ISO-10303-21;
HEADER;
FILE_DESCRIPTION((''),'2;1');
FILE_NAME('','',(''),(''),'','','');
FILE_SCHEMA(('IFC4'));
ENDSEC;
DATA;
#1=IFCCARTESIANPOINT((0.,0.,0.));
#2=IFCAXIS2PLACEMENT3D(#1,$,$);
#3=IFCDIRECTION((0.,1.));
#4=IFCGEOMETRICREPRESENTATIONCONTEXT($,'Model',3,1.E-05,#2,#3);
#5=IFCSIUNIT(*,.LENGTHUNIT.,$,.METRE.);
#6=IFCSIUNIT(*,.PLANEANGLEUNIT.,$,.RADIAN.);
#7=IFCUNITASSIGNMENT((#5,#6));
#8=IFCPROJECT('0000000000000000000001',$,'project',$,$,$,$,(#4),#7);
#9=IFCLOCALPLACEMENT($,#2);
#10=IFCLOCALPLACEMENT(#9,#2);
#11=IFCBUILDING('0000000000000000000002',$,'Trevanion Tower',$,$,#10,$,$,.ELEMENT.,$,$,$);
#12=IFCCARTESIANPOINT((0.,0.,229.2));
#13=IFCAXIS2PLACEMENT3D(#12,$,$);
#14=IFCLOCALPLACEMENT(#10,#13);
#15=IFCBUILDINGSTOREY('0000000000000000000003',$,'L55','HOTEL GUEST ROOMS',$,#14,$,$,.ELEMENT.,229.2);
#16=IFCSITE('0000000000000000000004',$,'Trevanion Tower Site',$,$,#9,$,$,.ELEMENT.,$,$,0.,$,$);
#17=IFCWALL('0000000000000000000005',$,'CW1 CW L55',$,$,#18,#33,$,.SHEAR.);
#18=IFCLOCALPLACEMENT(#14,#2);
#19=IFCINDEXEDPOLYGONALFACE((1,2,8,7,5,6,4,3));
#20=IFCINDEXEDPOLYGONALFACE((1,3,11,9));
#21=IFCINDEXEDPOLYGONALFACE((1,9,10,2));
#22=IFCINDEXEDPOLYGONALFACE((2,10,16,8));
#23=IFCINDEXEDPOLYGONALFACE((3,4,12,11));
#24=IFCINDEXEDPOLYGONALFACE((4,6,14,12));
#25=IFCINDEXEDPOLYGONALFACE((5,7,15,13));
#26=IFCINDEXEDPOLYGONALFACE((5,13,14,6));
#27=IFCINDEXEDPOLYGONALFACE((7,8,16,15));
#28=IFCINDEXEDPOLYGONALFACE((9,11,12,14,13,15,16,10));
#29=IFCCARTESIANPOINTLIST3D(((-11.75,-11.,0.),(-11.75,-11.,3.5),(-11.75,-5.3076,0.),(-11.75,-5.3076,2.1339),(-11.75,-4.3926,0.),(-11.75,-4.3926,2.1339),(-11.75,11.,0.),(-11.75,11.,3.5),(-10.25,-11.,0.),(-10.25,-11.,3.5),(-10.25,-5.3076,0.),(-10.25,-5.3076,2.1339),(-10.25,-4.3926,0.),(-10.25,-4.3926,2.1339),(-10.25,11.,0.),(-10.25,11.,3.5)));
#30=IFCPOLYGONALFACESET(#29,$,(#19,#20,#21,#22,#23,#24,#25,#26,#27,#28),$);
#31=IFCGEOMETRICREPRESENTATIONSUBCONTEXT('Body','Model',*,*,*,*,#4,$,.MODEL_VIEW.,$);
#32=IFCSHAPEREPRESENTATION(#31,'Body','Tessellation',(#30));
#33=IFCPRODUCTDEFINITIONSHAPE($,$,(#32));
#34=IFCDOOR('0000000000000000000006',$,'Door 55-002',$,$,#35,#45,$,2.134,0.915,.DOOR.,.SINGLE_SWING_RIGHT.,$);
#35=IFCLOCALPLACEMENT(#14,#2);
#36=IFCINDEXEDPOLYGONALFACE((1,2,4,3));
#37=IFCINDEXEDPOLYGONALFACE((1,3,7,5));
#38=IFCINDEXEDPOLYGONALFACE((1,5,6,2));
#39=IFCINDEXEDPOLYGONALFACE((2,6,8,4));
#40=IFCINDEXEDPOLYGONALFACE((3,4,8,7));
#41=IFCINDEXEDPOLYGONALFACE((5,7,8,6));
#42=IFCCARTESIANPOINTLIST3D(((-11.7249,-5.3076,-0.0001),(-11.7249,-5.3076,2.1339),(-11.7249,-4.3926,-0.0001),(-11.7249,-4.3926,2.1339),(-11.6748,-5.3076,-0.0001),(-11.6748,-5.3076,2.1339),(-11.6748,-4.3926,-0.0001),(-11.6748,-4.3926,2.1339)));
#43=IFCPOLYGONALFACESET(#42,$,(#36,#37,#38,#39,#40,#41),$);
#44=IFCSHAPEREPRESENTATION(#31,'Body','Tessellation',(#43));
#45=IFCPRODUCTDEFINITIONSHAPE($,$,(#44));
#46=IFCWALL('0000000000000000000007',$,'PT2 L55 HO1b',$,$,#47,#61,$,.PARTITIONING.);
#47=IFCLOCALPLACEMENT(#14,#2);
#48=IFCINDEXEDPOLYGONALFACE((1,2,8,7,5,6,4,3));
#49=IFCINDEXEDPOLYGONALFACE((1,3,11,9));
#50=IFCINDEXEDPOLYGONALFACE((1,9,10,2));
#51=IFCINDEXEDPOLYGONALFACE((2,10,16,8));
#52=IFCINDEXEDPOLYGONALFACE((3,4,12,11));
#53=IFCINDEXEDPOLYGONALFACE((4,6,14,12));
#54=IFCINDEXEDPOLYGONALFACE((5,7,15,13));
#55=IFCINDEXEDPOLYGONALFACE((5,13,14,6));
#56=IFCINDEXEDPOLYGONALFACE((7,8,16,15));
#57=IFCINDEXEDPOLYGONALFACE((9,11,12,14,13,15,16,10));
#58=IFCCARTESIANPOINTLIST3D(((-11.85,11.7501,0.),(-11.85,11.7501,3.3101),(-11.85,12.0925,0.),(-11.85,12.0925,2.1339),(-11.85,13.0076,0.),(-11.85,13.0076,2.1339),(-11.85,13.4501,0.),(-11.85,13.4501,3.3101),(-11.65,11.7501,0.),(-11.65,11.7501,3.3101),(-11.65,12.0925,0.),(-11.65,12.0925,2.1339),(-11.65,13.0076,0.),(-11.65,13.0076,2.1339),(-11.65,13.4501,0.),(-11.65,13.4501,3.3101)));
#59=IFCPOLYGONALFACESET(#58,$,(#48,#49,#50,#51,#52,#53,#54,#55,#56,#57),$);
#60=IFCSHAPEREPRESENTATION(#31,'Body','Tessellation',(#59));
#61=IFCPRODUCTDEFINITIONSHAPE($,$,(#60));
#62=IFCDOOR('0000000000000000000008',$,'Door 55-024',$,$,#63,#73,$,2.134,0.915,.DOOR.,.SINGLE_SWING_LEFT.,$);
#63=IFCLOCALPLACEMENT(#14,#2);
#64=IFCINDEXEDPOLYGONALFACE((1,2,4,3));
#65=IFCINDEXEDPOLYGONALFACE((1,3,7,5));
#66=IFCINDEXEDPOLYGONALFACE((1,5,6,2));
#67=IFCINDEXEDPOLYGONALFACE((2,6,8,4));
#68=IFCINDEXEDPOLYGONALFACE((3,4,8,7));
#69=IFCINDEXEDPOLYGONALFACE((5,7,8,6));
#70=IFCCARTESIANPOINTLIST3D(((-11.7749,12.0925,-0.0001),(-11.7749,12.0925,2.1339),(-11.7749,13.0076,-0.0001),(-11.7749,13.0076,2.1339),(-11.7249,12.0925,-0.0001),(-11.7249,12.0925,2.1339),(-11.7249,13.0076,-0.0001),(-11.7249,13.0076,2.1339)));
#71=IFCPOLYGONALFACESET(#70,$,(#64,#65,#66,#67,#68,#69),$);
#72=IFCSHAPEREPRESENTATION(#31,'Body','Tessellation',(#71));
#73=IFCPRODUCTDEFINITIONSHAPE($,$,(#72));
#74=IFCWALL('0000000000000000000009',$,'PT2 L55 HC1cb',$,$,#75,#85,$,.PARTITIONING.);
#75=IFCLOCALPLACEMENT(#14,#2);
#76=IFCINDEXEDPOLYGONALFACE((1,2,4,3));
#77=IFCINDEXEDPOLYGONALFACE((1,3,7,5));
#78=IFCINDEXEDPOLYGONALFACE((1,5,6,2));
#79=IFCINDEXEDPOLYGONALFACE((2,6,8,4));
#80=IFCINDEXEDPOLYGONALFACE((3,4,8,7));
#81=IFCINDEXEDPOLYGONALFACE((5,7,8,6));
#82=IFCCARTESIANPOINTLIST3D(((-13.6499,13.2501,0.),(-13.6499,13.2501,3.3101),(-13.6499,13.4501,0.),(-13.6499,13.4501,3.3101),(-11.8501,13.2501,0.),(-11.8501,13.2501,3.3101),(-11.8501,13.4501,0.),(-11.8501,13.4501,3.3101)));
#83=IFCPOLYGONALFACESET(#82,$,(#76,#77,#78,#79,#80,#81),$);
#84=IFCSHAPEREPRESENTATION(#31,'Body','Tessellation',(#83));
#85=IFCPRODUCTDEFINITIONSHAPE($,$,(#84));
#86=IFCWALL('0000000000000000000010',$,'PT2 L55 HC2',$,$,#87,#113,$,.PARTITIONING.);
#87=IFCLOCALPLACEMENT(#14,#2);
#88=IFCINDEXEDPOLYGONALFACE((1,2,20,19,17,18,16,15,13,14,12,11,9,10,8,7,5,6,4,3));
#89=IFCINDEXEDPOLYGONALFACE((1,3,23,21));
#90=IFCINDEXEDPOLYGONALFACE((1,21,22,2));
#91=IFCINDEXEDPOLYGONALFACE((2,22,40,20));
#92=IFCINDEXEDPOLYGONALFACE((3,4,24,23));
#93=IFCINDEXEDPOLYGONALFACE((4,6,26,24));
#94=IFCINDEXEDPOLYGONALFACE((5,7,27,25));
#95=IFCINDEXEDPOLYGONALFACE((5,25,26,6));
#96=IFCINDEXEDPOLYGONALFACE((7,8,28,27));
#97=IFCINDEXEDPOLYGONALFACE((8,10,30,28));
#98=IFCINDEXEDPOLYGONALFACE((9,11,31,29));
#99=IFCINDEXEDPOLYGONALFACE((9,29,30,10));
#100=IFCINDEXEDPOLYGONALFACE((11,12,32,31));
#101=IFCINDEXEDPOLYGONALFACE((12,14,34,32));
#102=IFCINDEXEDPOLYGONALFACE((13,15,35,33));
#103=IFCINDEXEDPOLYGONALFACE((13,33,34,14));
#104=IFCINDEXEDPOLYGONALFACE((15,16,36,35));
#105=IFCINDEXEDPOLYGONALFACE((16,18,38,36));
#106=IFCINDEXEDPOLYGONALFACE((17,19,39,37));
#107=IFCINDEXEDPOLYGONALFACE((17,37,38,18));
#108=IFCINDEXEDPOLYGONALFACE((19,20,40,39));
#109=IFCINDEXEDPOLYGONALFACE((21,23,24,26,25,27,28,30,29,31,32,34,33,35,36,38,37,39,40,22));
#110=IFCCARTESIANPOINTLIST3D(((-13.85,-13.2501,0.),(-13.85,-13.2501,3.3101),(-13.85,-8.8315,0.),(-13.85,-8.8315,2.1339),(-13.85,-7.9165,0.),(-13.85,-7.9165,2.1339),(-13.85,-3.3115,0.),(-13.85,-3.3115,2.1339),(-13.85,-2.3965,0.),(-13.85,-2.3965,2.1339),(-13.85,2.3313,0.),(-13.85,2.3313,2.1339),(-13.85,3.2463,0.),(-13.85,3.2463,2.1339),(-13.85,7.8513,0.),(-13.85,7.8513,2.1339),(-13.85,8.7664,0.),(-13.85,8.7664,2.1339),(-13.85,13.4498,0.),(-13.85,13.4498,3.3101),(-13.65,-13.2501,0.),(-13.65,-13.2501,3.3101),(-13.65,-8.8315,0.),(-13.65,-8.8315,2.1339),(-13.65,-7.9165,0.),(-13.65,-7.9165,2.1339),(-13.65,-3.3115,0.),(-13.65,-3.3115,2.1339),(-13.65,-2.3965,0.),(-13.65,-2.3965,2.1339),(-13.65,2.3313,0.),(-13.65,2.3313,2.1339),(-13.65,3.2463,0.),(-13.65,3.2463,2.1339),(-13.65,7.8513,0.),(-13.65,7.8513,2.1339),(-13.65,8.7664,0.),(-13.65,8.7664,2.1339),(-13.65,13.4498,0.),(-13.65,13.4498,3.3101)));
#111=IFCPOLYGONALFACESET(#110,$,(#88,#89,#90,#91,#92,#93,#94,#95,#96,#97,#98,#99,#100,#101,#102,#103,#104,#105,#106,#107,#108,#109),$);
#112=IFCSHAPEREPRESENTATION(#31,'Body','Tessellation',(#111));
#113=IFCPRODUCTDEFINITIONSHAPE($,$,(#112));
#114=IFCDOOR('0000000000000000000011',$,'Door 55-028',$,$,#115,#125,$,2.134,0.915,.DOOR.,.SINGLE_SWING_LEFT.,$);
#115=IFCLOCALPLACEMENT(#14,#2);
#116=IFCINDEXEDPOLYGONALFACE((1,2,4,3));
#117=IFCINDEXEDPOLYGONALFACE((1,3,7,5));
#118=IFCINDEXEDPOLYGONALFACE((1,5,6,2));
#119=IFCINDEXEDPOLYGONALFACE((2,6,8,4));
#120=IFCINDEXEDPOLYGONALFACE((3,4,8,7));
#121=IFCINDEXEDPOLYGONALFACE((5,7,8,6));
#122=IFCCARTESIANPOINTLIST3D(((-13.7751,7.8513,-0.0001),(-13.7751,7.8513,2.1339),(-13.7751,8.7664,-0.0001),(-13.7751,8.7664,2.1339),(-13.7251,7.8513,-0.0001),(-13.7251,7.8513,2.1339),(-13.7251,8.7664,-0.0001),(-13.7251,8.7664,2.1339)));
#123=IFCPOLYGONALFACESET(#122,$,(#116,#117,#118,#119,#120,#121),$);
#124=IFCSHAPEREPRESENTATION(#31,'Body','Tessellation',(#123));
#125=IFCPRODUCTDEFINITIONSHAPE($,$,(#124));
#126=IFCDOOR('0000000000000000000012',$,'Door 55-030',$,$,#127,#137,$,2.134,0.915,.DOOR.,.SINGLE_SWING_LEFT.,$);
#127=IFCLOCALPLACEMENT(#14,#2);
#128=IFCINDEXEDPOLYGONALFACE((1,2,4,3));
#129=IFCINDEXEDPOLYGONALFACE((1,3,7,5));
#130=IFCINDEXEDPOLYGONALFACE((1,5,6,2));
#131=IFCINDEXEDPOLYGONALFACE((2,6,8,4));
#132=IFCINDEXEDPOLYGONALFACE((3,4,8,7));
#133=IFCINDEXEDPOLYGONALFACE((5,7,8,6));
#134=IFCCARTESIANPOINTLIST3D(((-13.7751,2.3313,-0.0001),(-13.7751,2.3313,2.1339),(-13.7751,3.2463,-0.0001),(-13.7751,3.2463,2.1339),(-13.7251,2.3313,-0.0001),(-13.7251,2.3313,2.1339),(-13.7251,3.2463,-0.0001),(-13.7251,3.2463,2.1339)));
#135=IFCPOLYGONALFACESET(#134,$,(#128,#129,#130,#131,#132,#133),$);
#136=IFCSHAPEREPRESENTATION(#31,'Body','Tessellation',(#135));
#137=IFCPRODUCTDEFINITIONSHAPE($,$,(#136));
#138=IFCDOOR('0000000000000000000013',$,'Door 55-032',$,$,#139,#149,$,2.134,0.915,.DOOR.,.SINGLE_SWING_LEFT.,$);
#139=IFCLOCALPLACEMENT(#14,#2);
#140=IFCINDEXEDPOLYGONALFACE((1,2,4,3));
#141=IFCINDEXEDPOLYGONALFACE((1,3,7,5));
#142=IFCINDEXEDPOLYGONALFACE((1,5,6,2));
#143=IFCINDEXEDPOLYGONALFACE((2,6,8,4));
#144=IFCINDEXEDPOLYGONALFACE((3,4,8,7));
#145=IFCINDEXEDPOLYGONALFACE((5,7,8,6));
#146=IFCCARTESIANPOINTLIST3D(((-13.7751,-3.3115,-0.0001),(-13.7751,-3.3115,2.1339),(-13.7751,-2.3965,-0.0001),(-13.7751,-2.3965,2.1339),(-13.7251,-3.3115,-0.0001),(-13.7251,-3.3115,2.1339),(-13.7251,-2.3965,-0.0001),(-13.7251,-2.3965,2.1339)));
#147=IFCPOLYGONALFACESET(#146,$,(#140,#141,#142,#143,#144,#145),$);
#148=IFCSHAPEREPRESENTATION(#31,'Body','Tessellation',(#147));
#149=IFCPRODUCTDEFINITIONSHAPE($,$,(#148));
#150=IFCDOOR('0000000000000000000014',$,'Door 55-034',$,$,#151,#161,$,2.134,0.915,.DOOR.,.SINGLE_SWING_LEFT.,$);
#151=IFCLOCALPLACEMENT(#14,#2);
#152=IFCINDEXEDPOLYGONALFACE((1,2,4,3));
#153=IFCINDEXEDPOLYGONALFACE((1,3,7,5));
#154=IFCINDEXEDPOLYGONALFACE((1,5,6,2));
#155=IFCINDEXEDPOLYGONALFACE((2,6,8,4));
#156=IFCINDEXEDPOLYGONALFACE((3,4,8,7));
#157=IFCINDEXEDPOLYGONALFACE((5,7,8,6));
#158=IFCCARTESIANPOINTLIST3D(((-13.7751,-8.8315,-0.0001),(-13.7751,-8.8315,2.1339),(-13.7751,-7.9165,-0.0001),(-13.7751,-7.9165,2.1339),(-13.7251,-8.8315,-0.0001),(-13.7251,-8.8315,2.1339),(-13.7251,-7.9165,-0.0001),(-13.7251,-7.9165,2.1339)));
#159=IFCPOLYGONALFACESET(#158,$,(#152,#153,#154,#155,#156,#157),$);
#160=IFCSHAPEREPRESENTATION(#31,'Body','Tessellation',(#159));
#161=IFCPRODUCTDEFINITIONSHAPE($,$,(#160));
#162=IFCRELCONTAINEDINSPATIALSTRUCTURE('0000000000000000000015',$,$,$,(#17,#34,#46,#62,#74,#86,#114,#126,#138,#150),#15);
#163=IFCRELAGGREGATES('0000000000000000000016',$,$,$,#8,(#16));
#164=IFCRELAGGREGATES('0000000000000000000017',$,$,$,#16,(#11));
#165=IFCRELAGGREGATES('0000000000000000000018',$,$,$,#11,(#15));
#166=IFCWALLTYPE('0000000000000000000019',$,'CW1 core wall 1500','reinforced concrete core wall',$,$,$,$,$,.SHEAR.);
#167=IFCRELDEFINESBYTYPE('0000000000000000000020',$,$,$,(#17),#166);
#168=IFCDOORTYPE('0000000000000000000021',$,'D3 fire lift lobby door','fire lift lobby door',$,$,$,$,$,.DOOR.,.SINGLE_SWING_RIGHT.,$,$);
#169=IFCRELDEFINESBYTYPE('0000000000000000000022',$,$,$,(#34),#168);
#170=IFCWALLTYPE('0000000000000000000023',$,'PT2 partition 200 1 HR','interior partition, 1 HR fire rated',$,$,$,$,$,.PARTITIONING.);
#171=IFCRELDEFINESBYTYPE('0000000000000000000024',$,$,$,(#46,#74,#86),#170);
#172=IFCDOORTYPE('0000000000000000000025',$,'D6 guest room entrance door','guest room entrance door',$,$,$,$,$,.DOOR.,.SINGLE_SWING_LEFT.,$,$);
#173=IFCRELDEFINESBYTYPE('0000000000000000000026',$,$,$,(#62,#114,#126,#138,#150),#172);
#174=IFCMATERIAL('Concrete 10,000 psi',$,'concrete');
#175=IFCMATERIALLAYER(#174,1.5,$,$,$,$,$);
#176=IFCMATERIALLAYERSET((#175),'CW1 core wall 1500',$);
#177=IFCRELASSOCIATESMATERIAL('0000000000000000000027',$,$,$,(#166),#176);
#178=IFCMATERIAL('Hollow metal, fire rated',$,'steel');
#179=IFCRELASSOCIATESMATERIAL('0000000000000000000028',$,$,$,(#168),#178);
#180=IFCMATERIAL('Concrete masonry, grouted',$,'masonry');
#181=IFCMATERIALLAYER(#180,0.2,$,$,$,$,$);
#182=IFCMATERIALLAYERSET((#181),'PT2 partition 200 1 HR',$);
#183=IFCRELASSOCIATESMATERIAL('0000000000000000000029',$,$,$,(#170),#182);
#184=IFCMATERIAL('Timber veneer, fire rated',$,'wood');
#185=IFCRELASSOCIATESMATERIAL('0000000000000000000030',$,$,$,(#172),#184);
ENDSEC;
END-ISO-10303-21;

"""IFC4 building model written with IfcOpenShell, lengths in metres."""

from ifc_helpers import new_model, si_unit, direction, frame, frame_2d, origin, place, context, subcontext, project, spatial, rectangle, extrude, material, layer, layer_set, type_object, element, fill, save


model = new_model("IFC4")

# Units and contexts
model_context = context("Model", 3, precision=1e-05, world=origin(), true_north=direction((0.0, 1.0)))
body_context = subcontext(model_context, "Body", "Model", "MODEL_VIEW")
ifc_project = project(units=[si_unit("LENGTHUNIT", "METRE"), si_unit("PLANEANGLEUNIT", "RADIAN")], contexts=[model_context])

# Site, building, storey
site_placement = place(None, origin())
site = spatial("IfcSite", under=ifc_project, at=site_placement, Name="Trevanion Tower Site", CompositionType="ELEMENT", RefElevation=0.0)
building_placement = place(site_placement, origin())
building = spatial("IfcBuilding", under=site, at=building_placement, Name="Trevanion Tower", CompositionType="ELEMENT")
storey_placement = place(building_placement, frame((0.0, 0.0, 229.2)))
storey = spatial("IfcBuildingStorey", under=building, at=storey_placement, Name="L55", Description="HOTEL GUEST ROOMS", CompositionType="ELEMENT", Elevation=229.2)

# Walls, openings, doors
ifc_material_1 = material(Name="Concrete 10,000 psi", Category="concrete")
ifc_layer_1 = layer(ifc_material_1, 1.5)
ifc_layer_set_1 = layer_set([ifc_layer_1], Name="CW1 core wall 1500")
wall_type_1 = type_object("IfcWallType", Name="CW1 core wall 1500", Description="reinforced concrete core wall", PredefinedType="SHEAR", material=ifc_layer_set_1)
wall_1_placement = place(storey_placement, frame((-11.0, 11.0, 0.0), z_axis=(0.0, 0.0, 1.0), x_axis=(0.0, -1.0, 0.0)))
wall_1 = element("IfcWall", 1, at=wall_1_placement, inside=storey, type_object=wall_type_1, Name="CW1 CW L55", PredefinedType="SHEAR", context=body_context, shape_type="SweptSolid", body=[
    extrude(rectangle(XDim=22.0, YDim=1.5, at=frame_2d((11.0, 0.0))), origin(), (0.0, 0.0, 1.0), 3.5),
])
opening_1_placement = place(wall_1_placement, frame((15.3926, 0.0, 0.0)))
opening_1 = element("IfcOpeningElement", 2, at=opening_1_placement, cuts=wall_1, PredefinedType="OPENING", context=body_context, shape_type="SweptSolid", body=[
    extrude(rectangle(XDim=0.915, YDim=2.134, at=frame_2d((0.4575, 1.0669))), frame((0.0, 0.76, 0.0), z_axis=(0.0, -1.0, 0.0), x_axis=(1.0, 0.0, 0.0)), (0.0, 0.0, 1.0), 1.52),
])
ifc_material_2 = material(Name="Hollow metal, fire rated", Category="steel")
door_type_1 = type_object("IfcDoorType", Name="D3 fire lift lobby door", Description="fire lift lobby door", OperationType="SINGLE_SWING_RIGHT", PredefinedType="DOOR", material=ifc_material_2)
door_1_placement = place(opening_1_placement, origin())
door_1 = element("IfcDoor", 3, at=door_1_placement, inside=storey, type_object=door_type_1, Name="Door 55-002", OperationType="SINGLE_SWING_RIGHT", OverallHeight=2.134, OverallWidth=0.915, PredefinedType="DOOR", context=body_context, shape_type="SweptSolid", body=[
    extrude(rectangle(XDim=0.915, YDim=2.134, at=frame_2d((0.4575, 1.0669))), frame((0.0, -0.6748, 0.0), z_axis=(0.0, -1.0, 0.0), x_axis=(1.0, 0.0, 0.0)), (0.0, 0.0, 1.0), 0.05),
])
fill(opening_1, door_1)
ifc_material_3 = material(Name="Concrete masonry, grouted", Category="masonry")
ifc_layer_2 = layer(ifc_material_3, 0.2)
ifc_layer_set_2 = layer_set([ifc_layer_2], Name="PT2 partition 200 1 HR")
wall_type_2 = type_object("IfcWallType", Name="PT2 partition 200 1 HR", Description="interior partition, 1 HR fire rated", PredefinedType="PARTITIONING", material=ifc_layer_set_2)
wall_2_placement = place(storey_placement, frame((-11.75, 11.75, 0.0), z_axis=(0.0, 0.0, 1.0), x_axis=(0.0, 1.0, 0.0)))
wall_2 = element("IfcWall", 4, at=wall_2_placement, inside=storey, type_object=wall_type_2, Name="PT2 L55 HO1b", PredefinedType="PARTITIONING", context=body_context, shape_type="SweptSolid", body=[
    extrude(rectangle(XDim=1.7, YDim=0.2, at=frame_2d((0.8501, 0.0))), origin(), (0.0, 0.0, 1.0), 3.3101),
])
opening_2_placement = place(wall_2_placement, frame((0.3425, 0.0, 0.0)))
opening_2 = element("IfcOpeningElement", 5, at=opening_2_placement, cuts=wall_2, PredefinedType="OPENING", context=body_context, shape_type="SweptSolid", body=[
    extrude(rectangle(XDim=0.915, YDim=2.134, at=frame_2d((0.4575, 1.0669))), frame((0.0, 0.1099, 0.0), z_axis=(0.0, -1.0, 0.0), x_axis=(1.0, 0.0, 0.0)), (0.0, 0.0, 1.0), 0.22),
])
ifc_material_4 = material(Name="Timber veneer, fire rated", Category="wood")
door_type_2 = type_object("IfcDoorType", Name="D6 guest room entrance door", Description="guest room entrance door", OperationType="SINGLE_SWING_LEFT", PredefinedType="DOOR", material=ifc_material_4)
door_2_placement = place(opening_2_placement, origin())
door_2 = element("IfcDoor", 6, at=door_2_placement, inside=storey, type_object=door_type_2, Name="Door 55-024", OperationType="SINGLE_SWING_LEFT", OverallHeight=2.134, OverallWidth=0.915, PredefinedType="DOOR", context=body_context, shape_type="SweptSolid", body=[
    extrude(rectangle(XDim=0.915, YDim=2.134, at=frame_2d((0.4575, 1.0669))), frame((0.0, 0.0249, 0.0), z_axis=(0.0, -1.0, 0.0), x_axis=(1.0, 0.0, 0.0)), (0.0, 0.0, 1.0), 0.05),
])
fill(opening_2, door_2)

# Wall
wall_3_placement = place(storey_placement, frame((-11.8501, 13.3501, 0.0), z_axis=(0.0, 0.0, 1.0), x_axis=(-1.0, 0.0, 0.0)))
element("IfcWall", 7, at=wall_3_placement, inside=storey, type_object=wall_type_2, Name="PT2 L55 HC1cb", PredefinedType="PARTITIONING", context=body_context, shape_type="SweptSolid", body=[
    extrude(rectangle(XDim=1.7998, YDim=0.2, at=frame_2d((0.8999, 0.0))), origin(), (0.0, 0.0, 1.0), 3.3101),
])

# Wall, openings, doors
wall_4_placement = place(storey_placement, frame((-13.75, 13.45, 0.0), z_axis=(0.0, 0.0, 1.0), x_axis=(0.0, -1.0, 0.0)))
wall_4 = element("IfcWall", 8, at=wall_4_placement, inside=storey, type_object=wall_type_2, Name="PT2 L55 HC2", PredefinedType="PARTITIONING", context=body_context, shape_type="SweptSolid", body=[
    extrude(rectangle(XDim=26.7, YDim=0.2, at=frame_2d((13.3501, 0.0))), origin(), (0.0, 0.0, 1.0), 3.3101),
])
opening_3_placement = place(wall_4_placement, frame((4.6836, 0.0, 0.0)))
opening_3 = element("IfcOpeningElement", 9, at=opening_3_placement, cuts=wall_4, PredefinedType="OPENING", context=body_context, shape_type="SweptSolid", body=[
    extrude(rectangle(XDim=0.915, YDim=2.134, at=frame_2d((0.4575, 1.0669))), frame((0.0, 0.1099, 0.0), z_axis=(0.0, -1.0, 0.0), x_axis=(1.0, 0.0, 0.0)), (0.0, 0.0, 1.0), 0.22),
])
opening_4_placement = place(wall_4_placement, frame((10.2036, 0.0, 0.0)))
opening_4 = element("IfcOpeningElement", 10, at=opening_4_placement, cuts=wall_4, PredefinedType="OPENING", context=body_context, shape_type="SweptSolid", body=[
    extrude(rectangle(XDim=0.915, YDim=2.134, at=frame_2d((0.4575, 1.0669))), frame((0.0, 0.1099, 0.0), z_axis=(0.0, -1.0, 0.0), x_axis=(1.0, 0.0, 0.0)), (0.0, 0.0, 1.0), 0.22),
])
opening_5_placement = place(wall_4_placement, frame((15.8464, 0.0, 0.0)))
opening_5 = element("IfcOpeningElement", 11, at=opening_5_placement, cuts=wall_4, PredefinedType="OPENING", context=body_context, shape_type="SweptSolid", body=[
    extrude(rectangle(XDim=0.915, YDim=2.134, at=frame_2d((0.4575, 1.0669))), frame((0.0, 0.1099, 0.0), z_axis=(0.0, -1.0, 0.0), x_axis=(1.0, 0.0, 0.0)), (0.0, 0.0, 1.0), 0.22),
])
opening_6_placement = place(wall_4_placement, frame((21.3665, 0.0, 0.0)))
opening_6 = element("IfcOpeningElement", 12, at=opening_6_placement, cuts=wall_4, PredefinedType="OPENING", context=body_context, shape_type="SweptSolid", body=[
    extrude(rectangle(XDim=0.915, YDim=2.134, at=frame_2d((0.4575, 1.0669))), frame((0.0, 0.1099, 0.0), z_axis=(0.0, -1.0, 0.0), x_axis=(1.0, 0.0, 0.0)), (0.0, 0.0, 1.0), 0.22),
])
door_3_placement = place(opening_3_placement, origin())
door_3 = element("IfcDoor", 13, at=door_3_placement, inside=storey, type_object=door_type_2, Name="Door 55-028", OperationType="SINGLE_SWING_LEFT", OverallHeight=2.134, OverallWidth=0.915, PredefinedType="DOOR", context=body_context, shape_type="SweptSolid", body=[
    extrude(rectangle(XDim=0.915, YDim=2.134, at=frame_2d((0.4575, 1.0669))), frame((0.0, 0.0249, 0.0), z_axis=(0.0, -1.0, 0.0), x_axis=(1.0, 0.0, 0.0)), (0.0, 0.0, 1.0), 0.05),
])
fill(opening_3, door_3)
door_4_placement = place(opening_4_placement, origin())
door_4 = element("IfcDoor", 14, at=door_4_placement, inside=storey, type_object=door_type_2, Name="Door 55-030", OperationType="SINGLE_SWING_LEFT", OverallHeight=2.134, OverallWidth=0.915, PredefinedType="DOOR", context=body_context, shape_type="SweptSolid", body=[
    extrude(rectangle(XDim=0.915, YDim=2.134, at=frame_2d((0.4575, 1.0669))), frame((0.0, 0.0249, 0.0), z_axis=(0.0, -1.0, 0.0), x_axis=(1.0, 0.0, 0.0)), (0.0, 0.0, 1.0), 0.05),
])
fill(opening_4, door_4)
door_5_placement = place(opening_5_placement, origin())
door_5 = element("IfcDoor", 15, at=door_5_placement, inside=storey, type_object=door_type_2, Name="Door 55-032", OperationType="SINGLE_SWING_LEFT", OverallHeight=2.134, OverallWidth=0.915, PredefinedType="DOOR", context=body_context, shape_type="SweptSolid", body=[
    extrude(rectangle(XDim=0.915, YDim=2.134, at=frame_2d((0.4575, 1.0669))), frame((0.0, 0.0249, 0.0), z_axis=(0.0, -1.0, 0.0), x_axis=(1.0, 0.0, 0.0)), (0.0, 0.0, 1.0), 0.05),
])
fill(opening_5, door_5)
door_6_placement = place(opening_6_placement, origin())
door_6 = element("IfcDoor", 16, at=door_6_placement, inside=storey, type_object=door_type_2, Name="Door 55-034", OperationType="SINGLE_SWING_LEFT", OverallHeight=2.134, OverallWidth=0.915, PredefinedType="DOOR", context=body_context, shape_type="SweptSolid", body=[
    extrude(rectangle(XDim=0.915, YDim=2.134, at=frame_2d((0.4575, 1.0669))), frame((0.0, 0.0249, 0.0), z_axis=(0.0, -1.0, 0.0), x_axis=(1.0, 0.0, 0.0)), (0.0, 0.0, 1.0), 0.05),
])
fill(opening_6, door_6)

save(model, "model.ifc")
